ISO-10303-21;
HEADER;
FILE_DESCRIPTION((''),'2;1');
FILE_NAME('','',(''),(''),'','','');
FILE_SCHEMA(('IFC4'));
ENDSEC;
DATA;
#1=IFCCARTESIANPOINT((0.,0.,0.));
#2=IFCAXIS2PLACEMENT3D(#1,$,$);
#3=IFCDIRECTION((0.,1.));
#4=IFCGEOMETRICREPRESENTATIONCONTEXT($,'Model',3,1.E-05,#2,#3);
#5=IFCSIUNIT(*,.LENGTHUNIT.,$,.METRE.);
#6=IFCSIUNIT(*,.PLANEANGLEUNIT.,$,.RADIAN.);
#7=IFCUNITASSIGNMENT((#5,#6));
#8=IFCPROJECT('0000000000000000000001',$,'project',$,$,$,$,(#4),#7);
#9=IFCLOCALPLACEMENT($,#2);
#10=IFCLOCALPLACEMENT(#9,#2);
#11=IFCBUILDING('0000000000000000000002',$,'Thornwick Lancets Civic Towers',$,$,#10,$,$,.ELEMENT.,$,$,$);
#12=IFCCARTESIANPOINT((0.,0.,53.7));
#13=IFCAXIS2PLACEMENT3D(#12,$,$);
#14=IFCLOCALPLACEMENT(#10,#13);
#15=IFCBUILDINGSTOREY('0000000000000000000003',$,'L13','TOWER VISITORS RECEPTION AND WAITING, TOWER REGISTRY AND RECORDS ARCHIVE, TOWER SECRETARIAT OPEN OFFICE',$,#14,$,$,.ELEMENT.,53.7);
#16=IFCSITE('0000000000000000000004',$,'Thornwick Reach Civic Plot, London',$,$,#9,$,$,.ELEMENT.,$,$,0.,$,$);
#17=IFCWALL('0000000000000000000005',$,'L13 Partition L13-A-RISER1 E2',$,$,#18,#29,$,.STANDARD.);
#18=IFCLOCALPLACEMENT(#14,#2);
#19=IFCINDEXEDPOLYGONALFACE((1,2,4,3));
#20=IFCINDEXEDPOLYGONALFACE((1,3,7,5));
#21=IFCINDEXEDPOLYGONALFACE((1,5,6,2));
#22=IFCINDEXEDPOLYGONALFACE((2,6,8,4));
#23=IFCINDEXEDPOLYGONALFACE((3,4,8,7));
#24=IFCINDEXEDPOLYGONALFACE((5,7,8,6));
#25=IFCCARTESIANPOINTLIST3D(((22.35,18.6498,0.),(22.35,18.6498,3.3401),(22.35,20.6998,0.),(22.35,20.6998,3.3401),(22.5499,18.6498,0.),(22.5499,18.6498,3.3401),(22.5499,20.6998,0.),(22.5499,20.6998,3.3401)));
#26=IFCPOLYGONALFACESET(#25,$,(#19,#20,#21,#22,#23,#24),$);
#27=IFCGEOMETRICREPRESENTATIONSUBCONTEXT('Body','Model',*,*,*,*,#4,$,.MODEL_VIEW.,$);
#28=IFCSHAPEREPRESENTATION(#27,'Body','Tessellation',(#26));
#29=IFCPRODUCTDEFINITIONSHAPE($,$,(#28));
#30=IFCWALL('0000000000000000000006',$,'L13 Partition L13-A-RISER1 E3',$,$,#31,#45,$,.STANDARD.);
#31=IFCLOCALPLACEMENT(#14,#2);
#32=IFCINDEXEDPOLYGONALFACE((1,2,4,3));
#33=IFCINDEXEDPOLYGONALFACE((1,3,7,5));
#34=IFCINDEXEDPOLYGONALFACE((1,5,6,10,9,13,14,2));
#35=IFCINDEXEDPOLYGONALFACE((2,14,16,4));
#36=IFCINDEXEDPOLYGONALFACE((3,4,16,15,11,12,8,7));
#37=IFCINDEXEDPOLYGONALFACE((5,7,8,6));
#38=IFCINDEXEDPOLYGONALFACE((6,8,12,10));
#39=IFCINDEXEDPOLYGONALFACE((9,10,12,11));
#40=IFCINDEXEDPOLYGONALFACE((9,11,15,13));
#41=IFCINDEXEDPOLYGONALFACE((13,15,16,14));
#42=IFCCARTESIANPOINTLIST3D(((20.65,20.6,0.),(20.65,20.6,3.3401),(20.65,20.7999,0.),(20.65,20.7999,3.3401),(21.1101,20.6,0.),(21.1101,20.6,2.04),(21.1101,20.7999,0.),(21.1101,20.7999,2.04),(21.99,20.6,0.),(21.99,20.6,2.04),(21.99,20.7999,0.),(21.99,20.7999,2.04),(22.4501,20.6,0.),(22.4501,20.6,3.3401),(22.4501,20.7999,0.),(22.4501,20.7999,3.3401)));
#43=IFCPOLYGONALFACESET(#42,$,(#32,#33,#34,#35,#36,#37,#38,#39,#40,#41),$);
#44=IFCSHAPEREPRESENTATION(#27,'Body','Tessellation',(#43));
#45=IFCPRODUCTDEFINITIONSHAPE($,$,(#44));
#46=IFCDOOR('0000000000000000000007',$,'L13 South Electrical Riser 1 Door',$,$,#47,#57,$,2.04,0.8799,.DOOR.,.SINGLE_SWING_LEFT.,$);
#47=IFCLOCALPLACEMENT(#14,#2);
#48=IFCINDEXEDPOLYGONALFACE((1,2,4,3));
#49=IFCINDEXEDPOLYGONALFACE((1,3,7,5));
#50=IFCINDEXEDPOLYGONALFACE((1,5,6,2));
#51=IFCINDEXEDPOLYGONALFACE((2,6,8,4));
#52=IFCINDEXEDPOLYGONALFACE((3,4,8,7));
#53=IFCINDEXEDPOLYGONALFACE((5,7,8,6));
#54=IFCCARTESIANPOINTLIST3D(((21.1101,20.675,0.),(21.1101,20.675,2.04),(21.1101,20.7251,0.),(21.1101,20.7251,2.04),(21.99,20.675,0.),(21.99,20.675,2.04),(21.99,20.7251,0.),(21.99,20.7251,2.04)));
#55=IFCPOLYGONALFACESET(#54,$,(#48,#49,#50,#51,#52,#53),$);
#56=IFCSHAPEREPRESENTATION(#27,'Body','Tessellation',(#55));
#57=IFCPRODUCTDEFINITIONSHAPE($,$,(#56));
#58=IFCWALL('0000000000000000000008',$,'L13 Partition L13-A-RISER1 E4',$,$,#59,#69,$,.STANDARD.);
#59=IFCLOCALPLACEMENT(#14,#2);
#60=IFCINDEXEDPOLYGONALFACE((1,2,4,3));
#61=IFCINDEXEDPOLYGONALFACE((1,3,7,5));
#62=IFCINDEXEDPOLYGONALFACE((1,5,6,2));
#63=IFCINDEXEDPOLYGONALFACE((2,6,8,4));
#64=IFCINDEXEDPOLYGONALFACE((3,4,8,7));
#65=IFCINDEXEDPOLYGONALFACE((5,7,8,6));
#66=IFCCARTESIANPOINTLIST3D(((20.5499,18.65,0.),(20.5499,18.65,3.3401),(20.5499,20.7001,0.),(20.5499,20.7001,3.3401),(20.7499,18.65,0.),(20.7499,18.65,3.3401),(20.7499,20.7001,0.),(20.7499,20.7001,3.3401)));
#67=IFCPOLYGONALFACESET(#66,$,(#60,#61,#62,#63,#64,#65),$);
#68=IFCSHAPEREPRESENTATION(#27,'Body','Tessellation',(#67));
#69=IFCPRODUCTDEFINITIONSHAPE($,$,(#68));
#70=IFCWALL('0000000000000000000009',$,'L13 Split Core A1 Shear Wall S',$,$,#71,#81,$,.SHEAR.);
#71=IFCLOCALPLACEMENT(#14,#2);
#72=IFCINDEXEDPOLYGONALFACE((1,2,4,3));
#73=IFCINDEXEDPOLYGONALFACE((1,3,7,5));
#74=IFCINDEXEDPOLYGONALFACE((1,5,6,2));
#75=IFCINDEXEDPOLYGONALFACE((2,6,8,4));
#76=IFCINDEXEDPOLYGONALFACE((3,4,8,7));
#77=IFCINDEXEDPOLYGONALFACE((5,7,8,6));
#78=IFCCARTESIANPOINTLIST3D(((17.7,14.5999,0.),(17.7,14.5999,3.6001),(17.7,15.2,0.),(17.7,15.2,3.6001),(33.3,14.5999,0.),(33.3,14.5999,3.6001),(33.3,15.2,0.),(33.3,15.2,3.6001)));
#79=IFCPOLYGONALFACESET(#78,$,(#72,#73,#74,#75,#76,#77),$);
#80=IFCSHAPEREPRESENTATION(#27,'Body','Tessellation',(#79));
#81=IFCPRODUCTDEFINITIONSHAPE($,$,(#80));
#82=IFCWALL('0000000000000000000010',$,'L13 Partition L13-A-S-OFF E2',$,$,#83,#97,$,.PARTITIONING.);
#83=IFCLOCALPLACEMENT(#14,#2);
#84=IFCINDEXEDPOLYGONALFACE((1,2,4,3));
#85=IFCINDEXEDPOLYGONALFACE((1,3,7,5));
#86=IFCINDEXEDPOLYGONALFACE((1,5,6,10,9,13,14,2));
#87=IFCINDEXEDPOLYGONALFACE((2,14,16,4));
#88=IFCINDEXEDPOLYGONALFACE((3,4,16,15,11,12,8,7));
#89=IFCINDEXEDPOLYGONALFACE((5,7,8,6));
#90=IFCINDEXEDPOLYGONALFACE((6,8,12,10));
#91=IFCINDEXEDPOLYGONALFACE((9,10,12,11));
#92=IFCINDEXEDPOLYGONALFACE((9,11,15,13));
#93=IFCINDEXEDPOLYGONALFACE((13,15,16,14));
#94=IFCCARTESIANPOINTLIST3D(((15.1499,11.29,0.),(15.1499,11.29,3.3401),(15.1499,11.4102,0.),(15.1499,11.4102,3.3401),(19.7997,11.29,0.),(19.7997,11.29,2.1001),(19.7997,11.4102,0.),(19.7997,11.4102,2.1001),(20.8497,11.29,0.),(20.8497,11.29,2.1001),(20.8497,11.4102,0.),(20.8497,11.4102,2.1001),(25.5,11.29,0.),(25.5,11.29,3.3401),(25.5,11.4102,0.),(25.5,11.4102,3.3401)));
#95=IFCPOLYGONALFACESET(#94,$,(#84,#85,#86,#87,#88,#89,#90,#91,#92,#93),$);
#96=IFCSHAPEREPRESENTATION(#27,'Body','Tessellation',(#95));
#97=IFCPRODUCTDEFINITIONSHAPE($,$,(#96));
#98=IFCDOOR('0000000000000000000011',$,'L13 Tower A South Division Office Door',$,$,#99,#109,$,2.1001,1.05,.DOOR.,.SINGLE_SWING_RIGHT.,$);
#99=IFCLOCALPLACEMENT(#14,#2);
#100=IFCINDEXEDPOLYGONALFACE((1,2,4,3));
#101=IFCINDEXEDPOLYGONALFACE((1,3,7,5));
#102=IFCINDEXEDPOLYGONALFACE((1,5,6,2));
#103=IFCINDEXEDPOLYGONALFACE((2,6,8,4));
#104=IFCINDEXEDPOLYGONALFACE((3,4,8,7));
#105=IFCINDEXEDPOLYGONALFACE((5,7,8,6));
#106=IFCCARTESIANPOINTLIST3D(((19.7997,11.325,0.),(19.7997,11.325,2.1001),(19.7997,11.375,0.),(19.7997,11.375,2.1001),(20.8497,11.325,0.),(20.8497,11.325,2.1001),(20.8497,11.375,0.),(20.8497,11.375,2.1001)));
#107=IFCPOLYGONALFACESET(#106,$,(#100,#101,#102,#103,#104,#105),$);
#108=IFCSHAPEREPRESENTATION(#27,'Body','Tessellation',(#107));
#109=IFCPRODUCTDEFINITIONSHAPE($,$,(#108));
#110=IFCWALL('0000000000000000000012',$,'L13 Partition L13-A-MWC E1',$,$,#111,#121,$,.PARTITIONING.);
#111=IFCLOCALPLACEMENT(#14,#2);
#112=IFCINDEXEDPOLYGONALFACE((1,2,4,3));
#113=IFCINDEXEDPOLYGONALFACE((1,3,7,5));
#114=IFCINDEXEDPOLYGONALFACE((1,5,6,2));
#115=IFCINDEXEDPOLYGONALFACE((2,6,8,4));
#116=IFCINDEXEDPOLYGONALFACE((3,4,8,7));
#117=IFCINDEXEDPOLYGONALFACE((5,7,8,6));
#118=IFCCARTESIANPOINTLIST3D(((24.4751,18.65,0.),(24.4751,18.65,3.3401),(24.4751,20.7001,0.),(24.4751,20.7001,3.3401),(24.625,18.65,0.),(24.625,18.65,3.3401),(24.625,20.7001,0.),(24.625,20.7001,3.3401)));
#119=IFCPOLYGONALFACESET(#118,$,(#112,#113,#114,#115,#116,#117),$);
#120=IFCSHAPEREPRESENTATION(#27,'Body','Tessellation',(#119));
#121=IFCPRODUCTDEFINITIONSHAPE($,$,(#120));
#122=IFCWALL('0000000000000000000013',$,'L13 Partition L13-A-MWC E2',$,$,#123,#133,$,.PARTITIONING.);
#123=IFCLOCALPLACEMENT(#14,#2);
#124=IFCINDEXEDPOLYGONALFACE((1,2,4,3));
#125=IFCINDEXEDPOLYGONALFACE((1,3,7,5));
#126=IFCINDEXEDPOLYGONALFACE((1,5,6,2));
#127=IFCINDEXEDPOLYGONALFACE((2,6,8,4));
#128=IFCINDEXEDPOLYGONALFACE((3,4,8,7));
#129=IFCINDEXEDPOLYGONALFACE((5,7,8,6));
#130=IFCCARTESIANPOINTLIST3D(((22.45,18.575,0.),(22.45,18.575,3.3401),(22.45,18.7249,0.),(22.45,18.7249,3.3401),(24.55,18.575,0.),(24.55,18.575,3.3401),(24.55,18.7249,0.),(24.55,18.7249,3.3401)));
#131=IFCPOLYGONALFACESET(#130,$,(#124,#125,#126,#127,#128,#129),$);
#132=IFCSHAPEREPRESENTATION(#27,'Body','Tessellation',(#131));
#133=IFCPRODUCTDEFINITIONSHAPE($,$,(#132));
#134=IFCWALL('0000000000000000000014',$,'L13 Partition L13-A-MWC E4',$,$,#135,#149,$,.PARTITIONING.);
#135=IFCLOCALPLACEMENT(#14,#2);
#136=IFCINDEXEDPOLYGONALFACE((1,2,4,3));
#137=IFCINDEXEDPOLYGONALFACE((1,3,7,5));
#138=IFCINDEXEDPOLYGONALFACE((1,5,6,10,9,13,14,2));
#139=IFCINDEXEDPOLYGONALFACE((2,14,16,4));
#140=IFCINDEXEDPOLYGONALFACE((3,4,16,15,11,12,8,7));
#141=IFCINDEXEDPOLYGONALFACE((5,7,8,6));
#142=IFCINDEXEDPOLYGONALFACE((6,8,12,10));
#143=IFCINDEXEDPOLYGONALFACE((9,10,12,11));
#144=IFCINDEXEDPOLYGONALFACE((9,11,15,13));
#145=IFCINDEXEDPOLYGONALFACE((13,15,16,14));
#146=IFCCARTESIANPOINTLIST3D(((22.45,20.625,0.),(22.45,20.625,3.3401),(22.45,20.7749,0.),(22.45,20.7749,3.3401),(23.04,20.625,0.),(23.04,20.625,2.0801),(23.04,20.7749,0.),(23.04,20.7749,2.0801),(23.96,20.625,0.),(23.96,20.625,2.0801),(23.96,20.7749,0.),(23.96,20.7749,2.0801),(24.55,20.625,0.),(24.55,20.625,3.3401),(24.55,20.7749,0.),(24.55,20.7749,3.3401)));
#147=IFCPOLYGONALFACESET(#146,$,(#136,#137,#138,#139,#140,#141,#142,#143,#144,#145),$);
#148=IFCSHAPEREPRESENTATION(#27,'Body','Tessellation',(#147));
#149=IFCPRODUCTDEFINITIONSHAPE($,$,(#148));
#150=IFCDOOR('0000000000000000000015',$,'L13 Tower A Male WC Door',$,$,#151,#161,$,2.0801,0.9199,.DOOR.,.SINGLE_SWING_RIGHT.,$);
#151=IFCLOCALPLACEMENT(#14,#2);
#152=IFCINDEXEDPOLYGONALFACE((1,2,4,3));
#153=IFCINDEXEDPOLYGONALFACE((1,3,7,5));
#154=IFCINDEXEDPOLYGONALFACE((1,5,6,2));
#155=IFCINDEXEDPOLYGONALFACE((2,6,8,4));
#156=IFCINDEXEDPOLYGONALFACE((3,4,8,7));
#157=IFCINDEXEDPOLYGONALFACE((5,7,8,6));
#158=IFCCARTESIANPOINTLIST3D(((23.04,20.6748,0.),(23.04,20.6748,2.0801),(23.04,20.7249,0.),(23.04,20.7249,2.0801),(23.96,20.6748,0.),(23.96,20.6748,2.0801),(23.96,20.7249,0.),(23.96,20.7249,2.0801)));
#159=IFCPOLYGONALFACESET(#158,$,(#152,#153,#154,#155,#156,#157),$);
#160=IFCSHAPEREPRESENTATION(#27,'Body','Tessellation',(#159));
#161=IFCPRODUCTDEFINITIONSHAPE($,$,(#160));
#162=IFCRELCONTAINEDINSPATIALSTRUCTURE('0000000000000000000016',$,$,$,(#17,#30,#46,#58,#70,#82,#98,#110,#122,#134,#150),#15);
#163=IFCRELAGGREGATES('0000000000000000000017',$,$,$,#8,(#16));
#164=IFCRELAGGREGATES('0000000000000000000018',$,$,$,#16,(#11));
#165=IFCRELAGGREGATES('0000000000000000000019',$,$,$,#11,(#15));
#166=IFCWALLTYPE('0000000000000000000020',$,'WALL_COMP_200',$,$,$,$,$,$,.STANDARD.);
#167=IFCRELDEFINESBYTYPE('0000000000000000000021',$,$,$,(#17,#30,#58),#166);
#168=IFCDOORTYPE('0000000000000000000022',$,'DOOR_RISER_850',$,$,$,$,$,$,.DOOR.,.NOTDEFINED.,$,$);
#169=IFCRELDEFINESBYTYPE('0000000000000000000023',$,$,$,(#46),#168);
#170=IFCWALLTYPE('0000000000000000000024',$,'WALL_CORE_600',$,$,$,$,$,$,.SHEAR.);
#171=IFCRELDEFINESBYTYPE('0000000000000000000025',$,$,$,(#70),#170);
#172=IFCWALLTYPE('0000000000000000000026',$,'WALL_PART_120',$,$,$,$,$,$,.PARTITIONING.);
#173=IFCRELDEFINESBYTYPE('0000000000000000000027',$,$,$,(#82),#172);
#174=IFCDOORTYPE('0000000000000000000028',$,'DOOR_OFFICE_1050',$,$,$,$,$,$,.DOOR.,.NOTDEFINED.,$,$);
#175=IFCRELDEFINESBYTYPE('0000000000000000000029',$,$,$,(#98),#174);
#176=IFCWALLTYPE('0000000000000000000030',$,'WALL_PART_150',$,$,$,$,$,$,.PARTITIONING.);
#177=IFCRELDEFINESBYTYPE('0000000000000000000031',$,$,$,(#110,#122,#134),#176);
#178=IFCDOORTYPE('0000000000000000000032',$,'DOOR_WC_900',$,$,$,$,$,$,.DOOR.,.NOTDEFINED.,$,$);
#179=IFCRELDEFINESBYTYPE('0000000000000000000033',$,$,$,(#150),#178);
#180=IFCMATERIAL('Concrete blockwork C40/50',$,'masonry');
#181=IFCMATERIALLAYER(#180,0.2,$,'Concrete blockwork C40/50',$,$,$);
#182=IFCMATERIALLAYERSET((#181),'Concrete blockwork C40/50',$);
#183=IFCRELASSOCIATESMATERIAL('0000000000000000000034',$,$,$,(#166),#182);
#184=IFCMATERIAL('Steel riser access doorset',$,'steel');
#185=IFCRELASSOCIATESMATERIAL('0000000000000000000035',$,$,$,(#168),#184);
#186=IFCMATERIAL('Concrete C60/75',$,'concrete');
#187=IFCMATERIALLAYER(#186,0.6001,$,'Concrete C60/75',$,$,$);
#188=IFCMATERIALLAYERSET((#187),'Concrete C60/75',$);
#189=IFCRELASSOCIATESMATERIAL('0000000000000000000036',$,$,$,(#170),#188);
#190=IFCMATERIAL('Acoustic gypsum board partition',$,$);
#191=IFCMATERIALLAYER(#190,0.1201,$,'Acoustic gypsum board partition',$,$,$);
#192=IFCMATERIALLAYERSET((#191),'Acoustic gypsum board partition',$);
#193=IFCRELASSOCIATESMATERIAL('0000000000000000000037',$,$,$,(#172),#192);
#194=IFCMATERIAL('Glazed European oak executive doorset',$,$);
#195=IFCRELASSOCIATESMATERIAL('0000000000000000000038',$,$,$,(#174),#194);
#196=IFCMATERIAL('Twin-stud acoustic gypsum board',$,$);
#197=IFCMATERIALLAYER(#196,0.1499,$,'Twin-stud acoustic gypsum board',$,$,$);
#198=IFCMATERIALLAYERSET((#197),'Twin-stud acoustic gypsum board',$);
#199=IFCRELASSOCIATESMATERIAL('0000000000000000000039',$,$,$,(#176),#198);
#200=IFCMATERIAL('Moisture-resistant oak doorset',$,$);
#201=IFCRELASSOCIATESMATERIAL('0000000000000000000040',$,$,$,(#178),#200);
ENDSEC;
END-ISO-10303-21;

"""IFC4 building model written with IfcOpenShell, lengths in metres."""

from ifc_helpers import new_model, si_unit, direction, frame, frame_2d, origin, place, context, subcontext, project, spatial, rectangle, extrude, material, layer, layer_set, type_object, element, fill, save


model = new_model("IFC4")

# Units and contexts
model_context = context("Model", 3, precision=1e-05, world=origin(), true_north=direction((0.0, 1.0)))
body_context = subcontext(model_context, "Body", "Model", "MODEL_VIEW")
ifc_project = project(units=[si_unit("LENGTHUNIT", "METRE"), si_unit("PLANEANGLEUNIT", "RADIAN")], contexts=[model_context])

# Site, building, storey
site_placement = place(None, origin())
site = spatial("IfcSite", under=ifc_project, at=site_placement, Name="Thornwick Reach Civic Plot, London", CompositionType="ELEMENT", RefElevation=0.0)
building_placement = place(site_placement, origin())
building = spatial("IfcBuilding", under=site, at=building_placement, Name="Thornwick Lancets Civic Towers", CompositionType="ELEMENT")
storey_placement = place(building_placement, frame((0.0, 0.0, 53.7)))
storey = spatial("IfcBuildingStorey", under=building, at=storey_placement, Name="L13", Description="TOWER VISITORS RECEPTION AND WAITING, TOWER REGISTRY AND RECORDS ARCHIVE, TOWER SECRETARIAT OPEN OFFICE", CompositionType="ELEMENT", Elevation=53.7)

# Shared definitions
ifc_material_1 = material(Name="Concrete C60/75", Category="concrete")

# Shared definitions
ifc_material_2 = material(Name="Concrete blockwork C40/50", Category="masonry")
ifc_layer_1 = layer(ifc_material_2, 0.2, Name="Concrete blockwork C40/50")
ifc_layer_set_1 = layer_set([ifc_layer_1], Name="Concrete blockwork C40/50")
wall_type_1 = type_object("IfcWallType", Name="WALL_COMP_200", PredefinedType="STANDARD", material=ifc_layer_set_1)

# Wall
wall_1_placement = place(storey_placement, frame((22.45, 18.6499, 0.0), z_axis=(0.0, 0.0, 1.0), x_axis=(0.0, 1.0, 0.0)))
element("IfcWall", 1, at=wall_1_placement, inside=storey, type_object=wall_type_1, Name="L13 Partition L13-A-RISER1 E2", PredefinedType="STANDARD", context=body_context, shape_type="SweptSolid", body=[
    extrude(rectangle(XDim=2.05, YDim=0.2, at=frame_2d((1.0249, 0.0))), origin(), (0.0, 0.0, 1.0), 3.3401),
])

# Wall, opening, door
wall_2_placement = place(storey_placement, frame((22.45, 20.7, 0.0), z_axis=(0.0, 0.0, 1.0), x_axis=(-1.0, 0.0, 0.0)))
wall_2 = element("IfcWall", 2, at=wall_2_placement, inside=storey, type_object=wall_type_1, Name="L13 Partition L13-A-RISER1 E3", PredefinedType="STANDARD", context=body_context, shape_type="SweptSolid", body=[
    extrude(rectangle(XDim=1.8, YDim=0.2, at=frame_2d((0.8999, 0.0))), origin(), (0.0, 0.0, 1.0), 3.3401),
])
opening_1_placement = place(wall_2_placement, frame((0.46, 0.0, 0.0)))
opening_1 = element("IfcOpeningElement", 3, at=opening_1_placement, cuts=wall_2, PredefinedType="OPENING", context=body_context, shape_type="SweptSolid", body=[
    extrude(rectangle(XDim=0.8799, YDim=2.04, at=frame_2d((0.4399, 1.02))), frame((0.0, 0.1099, 0.0), z_axis=(0.0, -1.0, 0.0), x_axis=(1.0, 0.0, 0.0)), (0.0, 0.0, 1.0), 0.22),
])
ifc_material_3 = material(Name="Steel riser access doorset", Category="steel")
door_type_1 = type_object("IfcDoorType", Name="DOOR_RISER_850", OperationType="NOTDEFINED", PredefinedType="DOOR", material=ifc_material_3)
door_1_placement = place(opening_1_placement, origin())
door_1 = element("IfcDoor", 4, at=door_1_placement, inside=storey, type_object=door_type_1, Name="L13 South Electrical Riser 1 Door", OperationType="SINGLE_SWING_LEFT", OverallHeight=2.04, OverallWidth=0.8799, PredefinedType="DOOR", context=body_context, shape_type="SweptSolid", body=[
    extrude(rectangle(XDim=0.8799, YDim=2.04, at=frame_2d((0.4399, 1.02))), frame((0.0, 0.0249, 0.0), z_axis=(0.0, -1.0, 0.0), x_axis=(1.0, 0.0, 0.0)), (0.0, 0.0, 1.0), 0.05),
])
fill(opening_1, door_1)

# Walls
wall_3_placement = place(storey_placement, frame((20.6499, 20.7, 0.0), z_axis=(0.0, 0.0, 1.0), x_axis=(0.0, -1.0, 0.0)))
element("IfcWall", 5, at=wall_3_placement, inside=storey, type_object=wall_type_1, Name="L13 Partition L13-A-RISER1 E4", PredefinedType="STANDARD", context=body_context, shape_type="SweptSolid", body=[
    extrude(rectangle(XDim=2.05, YDim=0.2, at=frame_2d((1.0249, 0.0))), origin(), (0.0, 0.0, 1.0), 3.3401),
])
ifc_layer_2 = layer(ifc_material_1, 0.6001, Name="Concrete C60/75")
ifc_layer_set_2 = layer_set([ifc_layer_2], Name="Concrete C60/75")
wall_type_2 = type_object("IfcWallType", Name="WALL_CORE_600", PredefinedType="SHEAR", material=ifc_layer_set_2)
wall_4_placement = place(storey_placement, frame((17.7, 14.8999, 0.0), z_axis=(0.0, 0.0, 1.0), x_axis=(1.0, 0.0, 0.0)))
element("IfcWall", 6, at=wall_4_placement, inside=storey, type_object=wall_type_2, Name="L13 Split Core A1 Shear Wall S", PredefinedType="SHEAR", context=body_context, shape_type="SweptSolid", body=[
    extrude(rectangle(XDim=15.6001, YDim=0.6001, at=frame_2d((7.8, 0.0))), origin(), (0.0, 0.0, 1.0), 3.6001),
])

# Wall, opening, door
ifc_material_4 = material(Name="Acoustic gypsum board partition")
ifc_layer_3 = layer(ifc_material_4, 0.1201, Name="Acoustic gypsum board partition")
ifc_layer_set_3 = layer_set([ifc_layer_3], Name="Acoustic gypsum board partition")
wall_type_3 = type_object("IfcWallType", Name="WALL_PART_120", PredefinedType="PARTITIONING", material=ifc_layer_set_3)
wall_5_placement = place(storey_placement, frame((15.1499, 11.3501, 0.0), z_axis=(0.0, 0.0, 1.0), x_axis=(1.0, 0.0, 0.0)))
wall_5 = element("IfcWall", 7, at=wall_5_placement, inside=storey, type_object=wall_type_3, Name="L13 Partition L13-A-S-OFF E2", PredefinedType="PARTITIONING", context=body_context, shape_type="SweptSolid", body=[
    extrude(rectangle(XDim=10.3501, YDim=0.1201, at=frame_2d((5.175, 0.0))), origin(), (0.0, 0.0, 1.0), 3.3401),
])
opening_2_placement = place(wall_5_placement, frame((4.6499, 0.0, 0.0)))
opening_2 = element("IfcOpeningElement", 8, at=opening_2_placement, cuts=wall_5, PredefinedType="OPENING", context=body_context, shape_type="SweptSolid", body=[
    extrude(rectangle(XDim=1.05, YDim=2.1001, at=frame_2d((0.5249, 1.05))), frame((0.0, 0.0701, 0.0), z_axis=(0.0, -1.0, 0.0), x_axis=(1.0, 0.0, 0.0)), (0.0, 0.0, 1.0), 0.1401),
])
ifc_material_5 = material(Name="Glazed European oak executive doorset")
door_type_2 = type_object("IfcDoorType", Name="DOOR_OFFICE_1050", OperationType="NOTDEFINED", PredefinedType="DOOR", material=ifc_material_5)
door_2_placement = place(opening_2_placement, origin())
door_2 = element("IfcDoor", 9, at=door_2_placement, inside=storey, type_object=door_type_2, Name="L13 Tower A South Division Office Door", OperationType="SINGLE_SWING_RIGHT", OverallHeight=2.1001, OverallWidth=1.05, PredefinedType="DOOR", context=body_context, shape_type="SweptSolid", body=[
    extrude(rectangle(XDim=1.05, YDim=2.1001, at=frame_2d((0.5249, 1.05))), frame((0.0, 0.0249, 0.0), z_axis=(0.0, -1.0, 0.0), x_axis=(1.0, 0.0, 0.0)), (0.0, 0.0, 1.0), 0.05),
])
fill(opening_2, door_2)

# Walls
ifc_material_6 = material(Name="Twin-stud acoustic gypsum board")
ifc_layer_4 = layer(ifc_material_6, 0.1499, Name="Twin-stud acoustic gypsum board")
ifc_layer_set_4 = layer_set([ifc_layer_4], Name="Twin-stud acoustic gypsum board")
wall_type_4 = type_object("IfcWallType", Name="WALL_PART_150", PredefinedType="PARTITIONING", material=ifc_layer_set_4)
wall_6_placement = place(storey_placement, frame((24.55, 20.7, 0.0), z_axis=(0.0, 0.0, 1.0), x_axis=(0.0, -1.0, 0.0)))
element("IfcWall", 10, at=wall_6_placement, inside=storey, type_object=wall_type_4, Name="L13 Partition L13-A-MWC E1", PredefinedType="PARTITIONING", context=body_context, shape_type="SweptSolid", body=[
    extrude(rectangle(XDim=2.05, YDim=0.1499, at=frame_2d((1.0249, 0.0))), origin(), (0.0, 0.0, 1.0), 3.3401),
])
wall_7_placement = place(storey_placement, frame((24.55, 18.6499, 0.0), z_axis=(0.0, 0.0, 1.0), x_axis=(-1.0, 0.0, 0.0)))
element("IfcWall", 11, at=wall_7_placement, inside=storey, type_object=wall_type_4, Name="L13 Partition L13-A-MWC E2", PredefinedType="PARTITIONING", context=body_context, shape_type="SweptSolid", body=[
    extrude(rectangle(XDim=2.1001, YDim=0.1499, at=frame_2d((1.05, 0.0))), origin(), (0.0, 0.0, 1.0), 3.3401),
])

# Wall, opening, door
wall_8_placement = place(storey_placement, frame((22.45, 20.7, 0.0), z_axis=(0.0, 0.0, 1.0), x_axis=(1.0, 0.0, 0.0)))
wall_8 = element("IfcWall", 12, at=wall_8_placement, inside=storey, type_object=wall_type_4, Name="L13 Partition L13-A-MWC E4", PredefinedType="PARTITIONING", context=body_context, shape_type="SweptSolid", body=[
    extrude(rectangle(XDim=2.1001, YDim=0.1499, at=frame_2d((1.05, 0.0))), origin(), (0.0, 0.0, 1.0), 3.3401),
])
opening_3_placement = place(wall_8_placement, frame((0.5901, 0.0, 0.0)))
opening_3 = element("IfcOpeningElement", 13, at=opening_3_placement, cuts=wall_8, PredefinedType="OPENING", context=body_context, shape_type="SweptSolid", body=[
    extrude(rectangle(XDim=0.9199, YDim=2.0801, at=frame_2d((0.46, 1.04))), frame((0.0, 0.085, 0.0), z_axis=(0.0, -1.0, 0.0), x_axis=(1.0, 0.0, 0.0)), (0.0, 0.0, 1.0), 0.1699),
])
ifc_material_7 = material(Name="Moisture-resistant oak doorset")
door_type_3 = type_object("IfcDoorType", Name="DOOR_WC_900", OperationType="NOTDEFINED", PredefinedType="DOOR", material=ifc_material_7)
door_3_placement = place(opening_3_placement, origin())
door_3 = element("IfcDoor", 14, at=door_3_placement, inside=storey, type_object=door_type_3, Name="L13 Tower A Male WC Door", OperationType="SINGLE_SWING_RIGHT", OverallHeight=2.0801, OverallWidth=0.9199, PredefinedType="DOOR", context=body_context, shape_type="SweptSolid", body=[
    extrude(rectangle(XDim=0.9199, YDim=2.0801, at=frame_2d((0.46, 1.04))), frame((0.0, 0.0249, 0.0), z_axis=(0.0, -1.0, 0.0), x_axis=(1.0, 0.0, 0.0)), (0.0, 0.0, 1.0), 0.05),
])
fill(opening_3, door_3)

save(model, "model.ifc")
